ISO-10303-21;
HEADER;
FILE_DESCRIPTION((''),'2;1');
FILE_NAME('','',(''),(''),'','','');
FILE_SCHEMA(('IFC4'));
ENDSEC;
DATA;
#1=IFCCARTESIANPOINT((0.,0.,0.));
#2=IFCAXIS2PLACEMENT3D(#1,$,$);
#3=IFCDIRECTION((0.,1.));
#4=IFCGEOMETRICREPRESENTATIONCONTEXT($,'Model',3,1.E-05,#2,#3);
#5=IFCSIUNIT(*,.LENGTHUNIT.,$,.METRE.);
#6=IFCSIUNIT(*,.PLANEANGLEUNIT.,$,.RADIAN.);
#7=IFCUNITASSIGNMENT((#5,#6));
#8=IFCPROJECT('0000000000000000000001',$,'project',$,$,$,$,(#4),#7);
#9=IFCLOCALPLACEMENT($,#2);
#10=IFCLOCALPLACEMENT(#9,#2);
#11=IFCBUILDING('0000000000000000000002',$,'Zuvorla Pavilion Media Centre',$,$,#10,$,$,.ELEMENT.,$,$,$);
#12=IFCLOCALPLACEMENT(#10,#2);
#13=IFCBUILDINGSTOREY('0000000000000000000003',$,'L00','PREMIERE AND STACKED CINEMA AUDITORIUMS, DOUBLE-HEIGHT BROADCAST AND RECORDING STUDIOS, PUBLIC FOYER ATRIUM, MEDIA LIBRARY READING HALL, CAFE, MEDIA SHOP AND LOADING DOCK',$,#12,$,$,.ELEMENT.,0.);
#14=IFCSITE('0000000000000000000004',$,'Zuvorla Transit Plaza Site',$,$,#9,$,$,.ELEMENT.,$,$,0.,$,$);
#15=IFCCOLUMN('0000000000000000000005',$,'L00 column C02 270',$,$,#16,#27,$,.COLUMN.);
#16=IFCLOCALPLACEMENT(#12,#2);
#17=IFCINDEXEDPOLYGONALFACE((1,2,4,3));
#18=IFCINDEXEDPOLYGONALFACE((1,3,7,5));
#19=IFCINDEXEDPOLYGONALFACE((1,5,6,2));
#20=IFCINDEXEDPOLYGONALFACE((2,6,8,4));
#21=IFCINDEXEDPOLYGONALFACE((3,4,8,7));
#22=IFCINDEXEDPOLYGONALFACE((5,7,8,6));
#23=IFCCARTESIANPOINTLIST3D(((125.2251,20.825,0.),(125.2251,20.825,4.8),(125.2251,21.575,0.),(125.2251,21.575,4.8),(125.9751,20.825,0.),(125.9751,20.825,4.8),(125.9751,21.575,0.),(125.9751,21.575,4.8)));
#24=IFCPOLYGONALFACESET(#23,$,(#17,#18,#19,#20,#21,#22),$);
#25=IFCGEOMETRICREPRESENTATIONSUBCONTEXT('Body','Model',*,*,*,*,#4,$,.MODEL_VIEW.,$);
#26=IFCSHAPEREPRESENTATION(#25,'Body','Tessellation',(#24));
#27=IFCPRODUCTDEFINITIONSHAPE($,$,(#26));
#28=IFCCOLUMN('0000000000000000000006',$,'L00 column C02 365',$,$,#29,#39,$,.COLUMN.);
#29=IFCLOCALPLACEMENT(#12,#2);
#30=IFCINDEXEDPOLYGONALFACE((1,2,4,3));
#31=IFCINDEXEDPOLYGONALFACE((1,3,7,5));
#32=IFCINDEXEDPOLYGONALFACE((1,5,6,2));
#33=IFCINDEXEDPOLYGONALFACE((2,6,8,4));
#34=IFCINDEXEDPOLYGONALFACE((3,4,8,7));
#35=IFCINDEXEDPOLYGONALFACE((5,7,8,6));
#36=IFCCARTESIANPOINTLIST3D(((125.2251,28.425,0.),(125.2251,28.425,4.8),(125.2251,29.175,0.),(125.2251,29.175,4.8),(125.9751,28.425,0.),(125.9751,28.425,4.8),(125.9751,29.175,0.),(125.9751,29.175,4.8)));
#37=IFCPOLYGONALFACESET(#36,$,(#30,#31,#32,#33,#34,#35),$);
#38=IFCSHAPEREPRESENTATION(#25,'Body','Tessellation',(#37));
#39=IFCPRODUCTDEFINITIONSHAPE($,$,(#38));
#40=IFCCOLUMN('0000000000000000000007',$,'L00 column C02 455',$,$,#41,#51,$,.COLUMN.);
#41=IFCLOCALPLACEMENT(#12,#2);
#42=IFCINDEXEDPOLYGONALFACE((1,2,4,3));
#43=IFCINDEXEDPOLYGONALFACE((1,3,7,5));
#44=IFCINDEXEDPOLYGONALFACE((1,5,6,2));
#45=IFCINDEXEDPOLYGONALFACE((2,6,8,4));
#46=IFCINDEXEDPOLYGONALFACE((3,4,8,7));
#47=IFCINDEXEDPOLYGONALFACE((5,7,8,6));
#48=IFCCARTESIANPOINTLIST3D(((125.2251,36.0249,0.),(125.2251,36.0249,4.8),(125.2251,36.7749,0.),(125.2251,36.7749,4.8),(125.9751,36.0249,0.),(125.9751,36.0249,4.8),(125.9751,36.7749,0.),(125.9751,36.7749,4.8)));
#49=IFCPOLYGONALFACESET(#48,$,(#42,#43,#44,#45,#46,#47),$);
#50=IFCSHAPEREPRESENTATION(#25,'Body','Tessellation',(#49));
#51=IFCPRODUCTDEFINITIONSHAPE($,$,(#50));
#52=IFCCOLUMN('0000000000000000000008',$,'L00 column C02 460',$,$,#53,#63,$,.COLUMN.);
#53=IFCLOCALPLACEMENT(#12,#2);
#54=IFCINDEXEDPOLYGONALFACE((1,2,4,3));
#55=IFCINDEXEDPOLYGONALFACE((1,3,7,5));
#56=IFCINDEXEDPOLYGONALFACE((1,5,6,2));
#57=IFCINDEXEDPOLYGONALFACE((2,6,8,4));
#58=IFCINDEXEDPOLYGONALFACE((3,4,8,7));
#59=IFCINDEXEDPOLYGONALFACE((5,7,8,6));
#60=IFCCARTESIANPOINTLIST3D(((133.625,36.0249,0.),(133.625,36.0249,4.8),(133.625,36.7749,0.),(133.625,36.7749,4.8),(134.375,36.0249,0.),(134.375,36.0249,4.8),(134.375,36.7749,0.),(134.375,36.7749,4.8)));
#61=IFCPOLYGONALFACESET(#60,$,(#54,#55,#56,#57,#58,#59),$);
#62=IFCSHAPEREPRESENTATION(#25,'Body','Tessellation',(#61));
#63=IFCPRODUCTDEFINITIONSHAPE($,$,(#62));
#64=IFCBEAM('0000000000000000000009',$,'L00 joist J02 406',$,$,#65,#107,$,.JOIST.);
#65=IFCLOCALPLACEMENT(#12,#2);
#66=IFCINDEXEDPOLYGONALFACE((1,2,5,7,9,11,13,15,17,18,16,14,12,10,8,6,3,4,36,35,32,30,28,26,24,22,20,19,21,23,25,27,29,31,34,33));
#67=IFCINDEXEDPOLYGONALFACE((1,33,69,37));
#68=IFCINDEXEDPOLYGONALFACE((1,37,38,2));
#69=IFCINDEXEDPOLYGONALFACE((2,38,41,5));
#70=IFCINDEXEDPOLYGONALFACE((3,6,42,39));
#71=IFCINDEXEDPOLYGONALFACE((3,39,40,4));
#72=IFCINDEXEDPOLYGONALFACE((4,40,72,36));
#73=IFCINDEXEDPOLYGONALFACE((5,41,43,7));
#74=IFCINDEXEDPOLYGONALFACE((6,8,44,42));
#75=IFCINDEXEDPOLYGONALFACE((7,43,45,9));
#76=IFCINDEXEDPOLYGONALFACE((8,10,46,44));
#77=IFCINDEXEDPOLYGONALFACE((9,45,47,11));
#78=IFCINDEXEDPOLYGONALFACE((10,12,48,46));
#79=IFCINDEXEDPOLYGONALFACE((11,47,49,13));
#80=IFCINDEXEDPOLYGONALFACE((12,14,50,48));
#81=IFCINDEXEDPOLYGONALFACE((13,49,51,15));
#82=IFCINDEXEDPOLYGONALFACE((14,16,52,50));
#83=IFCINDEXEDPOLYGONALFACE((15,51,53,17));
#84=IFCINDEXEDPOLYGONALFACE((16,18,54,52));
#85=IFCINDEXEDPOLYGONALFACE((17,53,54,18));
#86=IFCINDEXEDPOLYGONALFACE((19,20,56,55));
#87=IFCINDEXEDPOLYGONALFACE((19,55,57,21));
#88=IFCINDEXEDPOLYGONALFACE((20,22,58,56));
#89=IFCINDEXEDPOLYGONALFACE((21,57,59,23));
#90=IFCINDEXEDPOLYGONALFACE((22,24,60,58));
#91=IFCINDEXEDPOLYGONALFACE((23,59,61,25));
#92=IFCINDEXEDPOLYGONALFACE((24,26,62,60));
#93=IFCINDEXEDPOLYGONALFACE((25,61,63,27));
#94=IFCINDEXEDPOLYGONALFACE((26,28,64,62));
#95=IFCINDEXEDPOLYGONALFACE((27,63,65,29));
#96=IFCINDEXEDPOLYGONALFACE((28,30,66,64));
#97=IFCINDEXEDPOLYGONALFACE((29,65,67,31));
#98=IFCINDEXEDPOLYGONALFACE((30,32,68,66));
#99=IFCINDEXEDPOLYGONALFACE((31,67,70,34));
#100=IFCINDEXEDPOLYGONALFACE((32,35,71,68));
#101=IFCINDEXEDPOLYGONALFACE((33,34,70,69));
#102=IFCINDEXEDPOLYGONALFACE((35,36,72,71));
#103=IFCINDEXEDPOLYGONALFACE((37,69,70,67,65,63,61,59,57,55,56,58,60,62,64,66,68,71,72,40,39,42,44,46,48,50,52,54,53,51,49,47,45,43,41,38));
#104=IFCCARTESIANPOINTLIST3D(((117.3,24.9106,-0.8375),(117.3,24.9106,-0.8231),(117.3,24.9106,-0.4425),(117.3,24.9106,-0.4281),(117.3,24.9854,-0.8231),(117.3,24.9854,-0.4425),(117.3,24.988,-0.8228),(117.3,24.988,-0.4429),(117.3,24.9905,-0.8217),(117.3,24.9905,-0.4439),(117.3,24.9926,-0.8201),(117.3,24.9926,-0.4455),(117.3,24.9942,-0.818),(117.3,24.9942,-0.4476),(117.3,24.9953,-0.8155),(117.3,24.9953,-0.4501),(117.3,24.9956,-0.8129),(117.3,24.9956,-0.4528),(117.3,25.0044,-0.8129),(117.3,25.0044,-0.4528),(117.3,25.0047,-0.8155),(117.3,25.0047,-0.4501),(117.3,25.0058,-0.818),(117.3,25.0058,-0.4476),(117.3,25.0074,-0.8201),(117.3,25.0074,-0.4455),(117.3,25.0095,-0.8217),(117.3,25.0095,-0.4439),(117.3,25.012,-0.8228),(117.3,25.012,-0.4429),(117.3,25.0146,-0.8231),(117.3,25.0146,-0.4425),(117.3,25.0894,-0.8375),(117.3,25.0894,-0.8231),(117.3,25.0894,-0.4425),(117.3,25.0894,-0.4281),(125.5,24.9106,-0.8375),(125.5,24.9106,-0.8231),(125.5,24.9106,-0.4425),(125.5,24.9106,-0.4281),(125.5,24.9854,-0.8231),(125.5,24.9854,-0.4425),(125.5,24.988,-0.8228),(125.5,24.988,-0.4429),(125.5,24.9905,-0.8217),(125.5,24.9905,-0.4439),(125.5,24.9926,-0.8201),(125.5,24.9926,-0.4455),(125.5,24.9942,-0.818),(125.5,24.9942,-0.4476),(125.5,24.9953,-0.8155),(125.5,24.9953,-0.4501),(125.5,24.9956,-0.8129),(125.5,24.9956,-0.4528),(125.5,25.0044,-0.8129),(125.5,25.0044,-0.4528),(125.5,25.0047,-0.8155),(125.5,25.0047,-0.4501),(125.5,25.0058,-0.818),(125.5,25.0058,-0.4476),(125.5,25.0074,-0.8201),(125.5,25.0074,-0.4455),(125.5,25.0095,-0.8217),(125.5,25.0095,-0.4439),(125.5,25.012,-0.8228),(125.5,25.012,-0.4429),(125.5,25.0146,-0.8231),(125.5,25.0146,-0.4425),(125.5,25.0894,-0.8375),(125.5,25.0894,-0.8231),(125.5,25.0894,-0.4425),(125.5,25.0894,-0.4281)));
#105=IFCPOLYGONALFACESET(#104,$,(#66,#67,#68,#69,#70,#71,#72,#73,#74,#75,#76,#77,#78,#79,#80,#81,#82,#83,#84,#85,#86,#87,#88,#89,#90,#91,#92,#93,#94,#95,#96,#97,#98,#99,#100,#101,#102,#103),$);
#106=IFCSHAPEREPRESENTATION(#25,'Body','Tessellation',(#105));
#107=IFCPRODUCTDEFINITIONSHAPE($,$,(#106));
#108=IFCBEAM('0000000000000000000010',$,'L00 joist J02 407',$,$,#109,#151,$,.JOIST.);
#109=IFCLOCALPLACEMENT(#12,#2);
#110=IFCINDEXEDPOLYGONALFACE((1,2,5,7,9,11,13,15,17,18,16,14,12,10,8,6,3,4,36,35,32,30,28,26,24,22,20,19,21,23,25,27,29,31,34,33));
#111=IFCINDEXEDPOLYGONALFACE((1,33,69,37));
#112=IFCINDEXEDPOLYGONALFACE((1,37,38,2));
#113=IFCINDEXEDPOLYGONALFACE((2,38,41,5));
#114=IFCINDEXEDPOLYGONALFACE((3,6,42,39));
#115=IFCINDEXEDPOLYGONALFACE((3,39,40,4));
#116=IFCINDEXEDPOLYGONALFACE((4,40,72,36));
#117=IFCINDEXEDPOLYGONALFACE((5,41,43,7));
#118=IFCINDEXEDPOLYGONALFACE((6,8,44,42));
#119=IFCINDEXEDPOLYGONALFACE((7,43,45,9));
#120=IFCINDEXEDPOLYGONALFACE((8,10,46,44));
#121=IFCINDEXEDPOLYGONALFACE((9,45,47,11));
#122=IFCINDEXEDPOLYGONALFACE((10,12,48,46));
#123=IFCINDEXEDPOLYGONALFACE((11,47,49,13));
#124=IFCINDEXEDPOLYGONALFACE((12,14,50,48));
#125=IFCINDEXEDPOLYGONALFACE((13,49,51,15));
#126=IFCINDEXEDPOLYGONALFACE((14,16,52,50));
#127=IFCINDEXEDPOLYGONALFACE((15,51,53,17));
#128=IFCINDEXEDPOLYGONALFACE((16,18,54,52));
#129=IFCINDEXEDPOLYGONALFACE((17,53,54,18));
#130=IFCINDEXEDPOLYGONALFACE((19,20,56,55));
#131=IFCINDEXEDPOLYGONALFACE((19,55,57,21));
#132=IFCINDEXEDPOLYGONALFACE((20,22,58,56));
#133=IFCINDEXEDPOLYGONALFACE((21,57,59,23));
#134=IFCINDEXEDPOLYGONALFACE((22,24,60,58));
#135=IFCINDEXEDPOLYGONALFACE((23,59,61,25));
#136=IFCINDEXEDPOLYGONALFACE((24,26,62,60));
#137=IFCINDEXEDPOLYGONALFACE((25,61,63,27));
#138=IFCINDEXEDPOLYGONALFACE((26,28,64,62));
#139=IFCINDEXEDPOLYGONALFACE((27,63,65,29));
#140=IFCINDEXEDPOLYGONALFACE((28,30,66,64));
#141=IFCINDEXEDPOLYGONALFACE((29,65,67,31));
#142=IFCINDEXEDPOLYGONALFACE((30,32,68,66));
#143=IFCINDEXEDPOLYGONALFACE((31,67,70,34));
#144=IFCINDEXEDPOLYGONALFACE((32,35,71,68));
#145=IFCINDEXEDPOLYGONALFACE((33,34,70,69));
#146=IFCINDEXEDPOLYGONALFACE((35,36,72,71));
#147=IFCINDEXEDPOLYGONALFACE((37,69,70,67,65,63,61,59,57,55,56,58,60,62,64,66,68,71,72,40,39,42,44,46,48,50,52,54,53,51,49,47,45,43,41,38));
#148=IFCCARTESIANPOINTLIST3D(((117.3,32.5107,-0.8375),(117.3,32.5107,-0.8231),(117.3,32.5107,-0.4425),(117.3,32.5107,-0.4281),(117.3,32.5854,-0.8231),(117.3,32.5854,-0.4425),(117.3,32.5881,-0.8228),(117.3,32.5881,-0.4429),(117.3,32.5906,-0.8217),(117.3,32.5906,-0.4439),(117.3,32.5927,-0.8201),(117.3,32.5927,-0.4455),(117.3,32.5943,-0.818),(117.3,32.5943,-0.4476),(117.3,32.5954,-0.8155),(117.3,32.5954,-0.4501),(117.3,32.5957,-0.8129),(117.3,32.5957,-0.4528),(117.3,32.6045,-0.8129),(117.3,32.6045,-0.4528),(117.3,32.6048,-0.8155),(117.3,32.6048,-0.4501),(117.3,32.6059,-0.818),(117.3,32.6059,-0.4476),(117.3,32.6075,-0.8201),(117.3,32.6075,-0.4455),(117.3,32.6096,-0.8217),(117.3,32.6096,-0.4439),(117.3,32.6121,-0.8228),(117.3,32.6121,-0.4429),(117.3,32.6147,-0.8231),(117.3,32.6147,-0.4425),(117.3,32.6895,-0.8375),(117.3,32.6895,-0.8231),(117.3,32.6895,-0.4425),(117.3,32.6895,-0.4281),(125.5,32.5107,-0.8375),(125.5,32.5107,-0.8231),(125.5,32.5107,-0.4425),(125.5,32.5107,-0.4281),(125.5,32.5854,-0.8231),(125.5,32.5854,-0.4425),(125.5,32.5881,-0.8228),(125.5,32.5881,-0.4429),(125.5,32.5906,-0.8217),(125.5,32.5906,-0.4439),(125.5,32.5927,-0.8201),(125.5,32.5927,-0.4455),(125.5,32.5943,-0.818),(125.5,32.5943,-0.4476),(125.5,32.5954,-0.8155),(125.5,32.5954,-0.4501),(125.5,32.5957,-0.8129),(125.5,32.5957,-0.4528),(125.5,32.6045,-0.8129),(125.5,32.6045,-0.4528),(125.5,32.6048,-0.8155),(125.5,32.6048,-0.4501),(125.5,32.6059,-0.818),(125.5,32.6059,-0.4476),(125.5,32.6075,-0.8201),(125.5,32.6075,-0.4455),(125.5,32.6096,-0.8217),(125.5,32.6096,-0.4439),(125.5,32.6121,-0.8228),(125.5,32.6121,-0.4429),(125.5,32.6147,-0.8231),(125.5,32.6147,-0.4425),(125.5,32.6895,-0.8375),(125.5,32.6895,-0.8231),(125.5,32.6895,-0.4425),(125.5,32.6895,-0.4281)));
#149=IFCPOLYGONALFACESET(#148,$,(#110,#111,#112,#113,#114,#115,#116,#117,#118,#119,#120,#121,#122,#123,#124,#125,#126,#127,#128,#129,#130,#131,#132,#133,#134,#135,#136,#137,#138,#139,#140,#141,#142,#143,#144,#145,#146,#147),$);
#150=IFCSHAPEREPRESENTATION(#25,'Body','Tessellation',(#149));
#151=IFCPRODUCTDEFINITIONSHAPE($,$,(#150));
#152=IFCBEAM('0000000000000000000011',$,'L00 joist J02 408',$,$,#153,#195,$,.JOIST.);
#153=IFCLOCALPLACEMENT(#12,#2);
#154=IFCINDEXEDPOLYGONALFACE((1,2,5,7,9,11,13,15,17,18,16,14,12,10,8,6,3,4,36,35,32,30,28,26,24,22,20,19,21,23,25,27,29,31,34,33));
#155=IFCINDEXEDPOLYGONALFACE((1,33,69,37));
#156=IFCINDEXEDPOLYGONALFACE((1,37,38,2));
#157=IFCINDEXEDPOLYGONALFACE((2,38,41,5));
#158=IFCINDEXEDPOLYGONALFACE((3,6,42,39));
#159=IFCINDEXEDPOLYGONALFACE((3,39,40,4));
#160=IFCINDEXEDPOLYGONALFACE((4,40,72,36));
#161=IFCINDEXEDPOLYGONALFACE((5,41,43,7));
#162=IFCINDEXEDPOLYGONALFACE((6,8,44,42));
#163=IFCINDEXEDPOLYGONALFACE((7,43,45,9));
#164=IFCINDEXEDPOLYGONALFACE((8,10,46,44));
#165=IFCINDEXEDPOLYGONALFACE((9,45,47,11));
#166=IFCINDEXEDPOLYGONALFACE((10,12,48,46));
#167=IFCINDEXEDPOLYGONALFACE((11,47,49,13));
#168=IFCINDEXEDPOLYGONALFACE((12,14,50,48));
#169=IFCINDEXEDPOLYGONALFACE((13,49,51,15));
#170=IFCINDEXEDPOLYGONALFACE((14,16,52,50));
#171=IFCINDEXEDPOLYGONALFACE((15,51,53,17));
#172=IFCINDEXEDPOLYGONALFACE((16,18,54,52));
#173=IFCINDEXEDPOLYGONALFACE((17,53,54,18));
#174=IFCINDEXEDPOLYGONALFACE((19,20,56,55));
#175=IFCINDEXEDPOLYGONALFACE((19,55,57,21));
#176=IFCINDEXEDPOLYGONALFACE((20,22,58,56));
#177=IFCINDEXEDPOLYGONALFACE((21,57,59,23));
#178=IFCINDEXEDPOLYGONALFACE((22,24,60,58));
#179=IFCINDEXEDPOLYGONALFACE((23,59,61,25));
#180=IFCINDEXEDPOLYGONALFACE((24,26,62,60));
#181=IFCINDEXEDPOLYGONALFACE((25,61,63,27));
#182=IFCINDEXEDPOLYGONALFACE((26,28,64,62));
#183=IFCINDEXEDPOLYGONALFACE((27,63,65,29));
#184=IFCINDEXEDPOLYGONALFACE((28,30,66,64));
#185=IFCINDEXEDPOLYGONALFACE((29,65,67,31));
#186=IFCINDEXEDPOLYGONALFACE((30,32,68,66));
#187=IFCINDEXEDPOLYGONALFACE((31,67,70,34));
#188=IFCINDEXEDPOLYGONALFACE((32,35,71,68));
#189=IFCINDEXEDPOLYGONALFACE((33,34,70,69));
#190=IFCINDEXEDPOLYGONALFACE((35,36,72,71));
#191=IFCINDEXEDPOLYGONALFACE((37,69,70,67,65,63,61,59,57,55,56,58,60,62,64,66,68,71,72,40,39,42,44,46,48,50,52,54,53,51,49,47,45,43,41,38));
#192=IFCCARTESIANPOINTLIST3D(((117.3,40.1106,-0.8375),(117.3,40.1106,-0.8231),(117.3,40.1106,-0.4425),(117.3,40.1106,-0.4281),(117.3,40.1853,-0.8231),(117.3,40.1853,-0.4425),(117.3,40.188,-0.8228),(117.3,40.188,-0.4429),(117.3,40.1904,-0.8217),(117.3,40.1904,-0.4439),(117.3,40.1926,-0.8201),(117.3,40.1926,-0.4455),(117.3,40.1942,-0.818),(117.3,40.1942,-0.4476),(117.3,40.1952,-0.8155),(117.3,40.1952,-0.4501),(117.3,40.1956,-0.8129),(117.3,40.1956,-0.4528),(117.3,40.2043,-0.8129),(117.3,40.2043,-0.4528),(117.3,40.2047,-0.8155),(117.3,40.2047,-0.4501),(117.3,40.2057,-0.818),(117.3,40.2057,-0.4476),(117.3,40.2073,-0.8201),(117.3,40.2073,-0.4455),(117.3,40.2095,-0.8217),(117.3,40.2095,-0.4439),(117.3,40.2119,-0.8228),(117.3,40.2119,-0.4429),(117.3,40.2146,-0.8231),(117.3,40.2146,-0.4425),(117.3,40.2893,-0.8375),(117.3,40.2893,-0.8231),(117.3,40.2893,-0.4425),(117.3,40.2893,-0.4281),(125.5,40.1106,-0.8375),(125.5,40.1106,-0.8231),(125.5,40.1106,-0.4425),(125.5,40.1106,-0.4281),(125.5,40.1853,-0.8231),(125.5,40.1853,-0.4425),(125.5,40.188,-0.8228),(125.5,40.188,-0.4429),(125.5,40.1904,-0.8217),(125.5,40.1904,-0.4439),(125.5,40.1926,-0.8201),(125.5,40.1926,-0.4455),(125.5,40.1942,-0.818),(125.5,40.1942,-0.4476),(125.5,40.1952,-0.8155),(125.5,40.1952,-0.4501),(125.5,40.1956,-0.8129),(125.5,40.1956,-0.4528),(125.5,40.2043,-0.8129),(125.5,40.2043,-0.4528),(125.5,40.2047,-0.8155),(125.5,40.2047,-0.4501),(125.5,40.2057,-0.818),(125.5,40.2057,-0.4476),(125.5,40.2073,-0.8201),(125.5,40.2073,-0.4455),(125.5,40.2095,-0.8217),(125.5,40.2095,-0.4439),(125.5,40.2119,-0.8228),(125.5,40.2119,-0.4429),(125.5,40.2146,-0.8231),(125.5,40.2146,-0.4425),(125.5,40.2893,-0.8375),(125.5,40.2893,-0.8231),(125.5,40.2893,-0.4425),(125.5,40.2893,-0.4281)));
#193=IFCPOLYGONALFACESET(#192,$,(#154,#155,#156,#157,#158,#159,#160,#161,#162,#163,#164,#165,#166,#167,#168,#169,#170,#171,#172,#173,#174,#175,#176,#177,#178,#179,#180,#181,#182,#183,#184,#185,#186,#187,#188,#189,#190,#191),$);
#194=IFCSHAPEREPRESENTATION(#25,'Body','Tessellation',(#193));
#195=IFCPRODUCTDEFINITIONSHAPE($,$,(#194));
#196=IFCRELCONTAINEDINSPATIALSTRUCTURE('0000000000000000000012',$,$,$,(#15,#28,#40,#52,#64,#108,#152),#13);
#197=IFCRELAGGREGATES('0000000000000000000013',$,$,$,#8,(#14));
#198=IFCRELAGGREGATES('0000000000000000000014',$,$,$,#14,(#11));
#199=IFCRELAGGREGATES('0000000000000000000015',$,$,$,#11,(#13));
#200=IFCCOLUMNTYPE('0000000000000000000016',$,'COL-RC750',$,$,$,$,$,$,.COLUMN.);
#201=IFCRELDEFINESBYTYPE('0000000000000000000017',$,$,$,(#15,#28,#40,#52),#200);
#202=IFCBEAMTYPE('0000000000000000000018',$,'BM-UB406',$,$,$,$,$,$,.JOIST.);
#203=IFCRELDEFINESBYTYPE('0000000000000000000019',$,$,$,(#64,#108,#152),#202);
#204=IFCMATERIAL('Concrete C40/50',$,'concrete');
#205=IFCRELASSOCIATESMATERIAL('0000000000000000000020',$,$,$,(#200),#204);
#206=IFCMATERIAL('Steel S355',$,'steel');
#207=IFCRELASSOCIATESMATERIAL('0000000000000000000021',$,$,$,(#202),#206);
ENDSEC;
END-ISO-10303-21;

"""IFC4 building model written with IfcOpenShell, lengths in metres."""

from ifc_helpers import new_model, si_unit, direction, frame, origin, origin_2d, place, context, subcontext, project, spatial, rectangle, i_section, extrude, material, material_profile, profile_set, type_object, element, save


model = new_model("IFC4")

# Units and contexts
model_context = context("Model", 3, precision=1e-05, world=origin(), true_north=direction((0.0, 1.0)))
body_context = subcontext(model_context, "Body", "Model", "MODEL_VIEW")
ifc_project = project(units=[si_unit("LENGTHUNIT", "METRE"), si_unit("PLANEANGLEUNIT", "RADIAN")], contexts=[model_context])

# Site, building, storey
site_placement = place(None, origin())
site = spatial("IfcSite", under=ifc_project, at=site_placement, Name="Zuvorla Transit Plaza Site", CompositionType="ELEMENT", RefElevation=0.0)
building_placement = place(site_placement, origin())
building = spatial("IfcBuilding", under=site, at=building_placement, Name="Zuvorla Pavilion Media Centre", CompositionType="ELEMENT")
storey_placement = place(building_placement, origin())
storey = spatial("IfcBuildingStorey", under=building, at=storey_placement, Name="L00", Description="PREMIERE AND STACKED CINEMA AUDITORIUMS, DOUBLE-HEIGHT BROADCAST AND RECORDING STUDIOS, PUBLIC FOYER ATRIUM, MEDIA LIBRARY READING HALL, CAFE, MEDIA SHOP AND LOADING DOCK", CompositionType="ELEMENT", Elevation=0.0)

# Columns
ifc_material_1 = material(Name="Concrete C40/50", Category="concrete")
ifc_material_profile_1 = material_profile(ifc_material_1, rectangle(XDim=0.75, YDim=0.75, at=origin_2d()), Name="RC 750x750")
ifc_profile_set_1 = profile_set([ifc_material_profile_1], Name="Concrete C40/50")
column_type = type_object("IfcColumnType", Name="COL-RC750", PredefinedType="COLUMN", material=ifc_profile_set_1)
for number, where, z_axis, x_axis, name in (
    (1, (125.6001, 21.2, 0.0), (0.0, 0.0, 1.0), (1.0, 0.0, 0.0), "L00 column C02 270"),
    (2, (125.6001, 28.8, 0.0), (0.0, 0.0, 1.0), (1.0, 0.0, 0.0), "L00 column C02 365"),
    (3, (125.6001, 36.3999, 0.0), (0.0, 0.0, 1.0), (1.0, 0.0, 0.0), "L00 column C02 455"),
    (4, (134.0, 36.3999, 0.0), (0.0, 0.0, 1.0), (1.0, 0.0, 0.0), "L00 column C02 460"),
):
    element("IfcColumn", number, at=place(storey_placement, frame(where, z_axis=z_axis, x_axis=x_axis)), inside=storey, type_object=column_type, Name=name, PredefinedType="COLUMN", context=body_context, shape_type="SweptSolid", body=[
        extrude(rectangle(XDim=0.75, YDim=0.75, at=origin_2d()), origin(), (0.0, 0.0, 1.0), 4.8),
    ])

# Beams
ifc_material_2 = material(Name="Steel S355", Category="steel")
ifc_material_profile_2 = material_profile(ifc_material_2, i_section(OverallWidth=0.1787, OverallDepth=0.4094, WebThickness=0.0088, FlangeThickness=0.0144, FilletRadius=0.0103, at=origin_2d()), Name="UB 406x178x67")
ifc_profile_set_2 = profile_set([ifc_material_profile_2], Name="Steel S355")
beam_type_1 = type_object("IfcBeamType", Name="BM-UB406", PredefinedType="JOIST", material=ifc_profile_set_2)
for number, where, z_axis, x_axis, name in (
    (5, (117.3, 25.0, -0.6328), (1.0, 0.0, 0.0), (0.0, 1.0, 0.0), "L00 joist J02 406"),
    (6, (117.3, 32.6001, -0.6328), (1.0, 0.0, 0.0), (0.0, 1.0, 0.0), "L00 joist J02 407"),
    (7, (117.3, 40.2, -0.6328), (1.0, 0.0, 0.0), (0.0, 1.0, 0.0), "L00 joist J02 408"),
):
    element("IfcBeam", number, at=place(storey_placement, frame(where, z_axis=z_axis, x_axis=x_axis)), inside=storey, type_object=beam_type_1, Name=name, PredefinedType="JOIST", context=body_context, shape_type="SweptSolid", body=[
        extrude(i_section(OverallWidth=0.1787, OverallDepth=0.4094, WebThickness=0.0088, FlangeThickness=0.0144, FilletRadius=0.0103, at=origin_2d()), origin(), (0.0, 0.0, 1.0), 8.2),
    ])

save(model, "model.ifc")
